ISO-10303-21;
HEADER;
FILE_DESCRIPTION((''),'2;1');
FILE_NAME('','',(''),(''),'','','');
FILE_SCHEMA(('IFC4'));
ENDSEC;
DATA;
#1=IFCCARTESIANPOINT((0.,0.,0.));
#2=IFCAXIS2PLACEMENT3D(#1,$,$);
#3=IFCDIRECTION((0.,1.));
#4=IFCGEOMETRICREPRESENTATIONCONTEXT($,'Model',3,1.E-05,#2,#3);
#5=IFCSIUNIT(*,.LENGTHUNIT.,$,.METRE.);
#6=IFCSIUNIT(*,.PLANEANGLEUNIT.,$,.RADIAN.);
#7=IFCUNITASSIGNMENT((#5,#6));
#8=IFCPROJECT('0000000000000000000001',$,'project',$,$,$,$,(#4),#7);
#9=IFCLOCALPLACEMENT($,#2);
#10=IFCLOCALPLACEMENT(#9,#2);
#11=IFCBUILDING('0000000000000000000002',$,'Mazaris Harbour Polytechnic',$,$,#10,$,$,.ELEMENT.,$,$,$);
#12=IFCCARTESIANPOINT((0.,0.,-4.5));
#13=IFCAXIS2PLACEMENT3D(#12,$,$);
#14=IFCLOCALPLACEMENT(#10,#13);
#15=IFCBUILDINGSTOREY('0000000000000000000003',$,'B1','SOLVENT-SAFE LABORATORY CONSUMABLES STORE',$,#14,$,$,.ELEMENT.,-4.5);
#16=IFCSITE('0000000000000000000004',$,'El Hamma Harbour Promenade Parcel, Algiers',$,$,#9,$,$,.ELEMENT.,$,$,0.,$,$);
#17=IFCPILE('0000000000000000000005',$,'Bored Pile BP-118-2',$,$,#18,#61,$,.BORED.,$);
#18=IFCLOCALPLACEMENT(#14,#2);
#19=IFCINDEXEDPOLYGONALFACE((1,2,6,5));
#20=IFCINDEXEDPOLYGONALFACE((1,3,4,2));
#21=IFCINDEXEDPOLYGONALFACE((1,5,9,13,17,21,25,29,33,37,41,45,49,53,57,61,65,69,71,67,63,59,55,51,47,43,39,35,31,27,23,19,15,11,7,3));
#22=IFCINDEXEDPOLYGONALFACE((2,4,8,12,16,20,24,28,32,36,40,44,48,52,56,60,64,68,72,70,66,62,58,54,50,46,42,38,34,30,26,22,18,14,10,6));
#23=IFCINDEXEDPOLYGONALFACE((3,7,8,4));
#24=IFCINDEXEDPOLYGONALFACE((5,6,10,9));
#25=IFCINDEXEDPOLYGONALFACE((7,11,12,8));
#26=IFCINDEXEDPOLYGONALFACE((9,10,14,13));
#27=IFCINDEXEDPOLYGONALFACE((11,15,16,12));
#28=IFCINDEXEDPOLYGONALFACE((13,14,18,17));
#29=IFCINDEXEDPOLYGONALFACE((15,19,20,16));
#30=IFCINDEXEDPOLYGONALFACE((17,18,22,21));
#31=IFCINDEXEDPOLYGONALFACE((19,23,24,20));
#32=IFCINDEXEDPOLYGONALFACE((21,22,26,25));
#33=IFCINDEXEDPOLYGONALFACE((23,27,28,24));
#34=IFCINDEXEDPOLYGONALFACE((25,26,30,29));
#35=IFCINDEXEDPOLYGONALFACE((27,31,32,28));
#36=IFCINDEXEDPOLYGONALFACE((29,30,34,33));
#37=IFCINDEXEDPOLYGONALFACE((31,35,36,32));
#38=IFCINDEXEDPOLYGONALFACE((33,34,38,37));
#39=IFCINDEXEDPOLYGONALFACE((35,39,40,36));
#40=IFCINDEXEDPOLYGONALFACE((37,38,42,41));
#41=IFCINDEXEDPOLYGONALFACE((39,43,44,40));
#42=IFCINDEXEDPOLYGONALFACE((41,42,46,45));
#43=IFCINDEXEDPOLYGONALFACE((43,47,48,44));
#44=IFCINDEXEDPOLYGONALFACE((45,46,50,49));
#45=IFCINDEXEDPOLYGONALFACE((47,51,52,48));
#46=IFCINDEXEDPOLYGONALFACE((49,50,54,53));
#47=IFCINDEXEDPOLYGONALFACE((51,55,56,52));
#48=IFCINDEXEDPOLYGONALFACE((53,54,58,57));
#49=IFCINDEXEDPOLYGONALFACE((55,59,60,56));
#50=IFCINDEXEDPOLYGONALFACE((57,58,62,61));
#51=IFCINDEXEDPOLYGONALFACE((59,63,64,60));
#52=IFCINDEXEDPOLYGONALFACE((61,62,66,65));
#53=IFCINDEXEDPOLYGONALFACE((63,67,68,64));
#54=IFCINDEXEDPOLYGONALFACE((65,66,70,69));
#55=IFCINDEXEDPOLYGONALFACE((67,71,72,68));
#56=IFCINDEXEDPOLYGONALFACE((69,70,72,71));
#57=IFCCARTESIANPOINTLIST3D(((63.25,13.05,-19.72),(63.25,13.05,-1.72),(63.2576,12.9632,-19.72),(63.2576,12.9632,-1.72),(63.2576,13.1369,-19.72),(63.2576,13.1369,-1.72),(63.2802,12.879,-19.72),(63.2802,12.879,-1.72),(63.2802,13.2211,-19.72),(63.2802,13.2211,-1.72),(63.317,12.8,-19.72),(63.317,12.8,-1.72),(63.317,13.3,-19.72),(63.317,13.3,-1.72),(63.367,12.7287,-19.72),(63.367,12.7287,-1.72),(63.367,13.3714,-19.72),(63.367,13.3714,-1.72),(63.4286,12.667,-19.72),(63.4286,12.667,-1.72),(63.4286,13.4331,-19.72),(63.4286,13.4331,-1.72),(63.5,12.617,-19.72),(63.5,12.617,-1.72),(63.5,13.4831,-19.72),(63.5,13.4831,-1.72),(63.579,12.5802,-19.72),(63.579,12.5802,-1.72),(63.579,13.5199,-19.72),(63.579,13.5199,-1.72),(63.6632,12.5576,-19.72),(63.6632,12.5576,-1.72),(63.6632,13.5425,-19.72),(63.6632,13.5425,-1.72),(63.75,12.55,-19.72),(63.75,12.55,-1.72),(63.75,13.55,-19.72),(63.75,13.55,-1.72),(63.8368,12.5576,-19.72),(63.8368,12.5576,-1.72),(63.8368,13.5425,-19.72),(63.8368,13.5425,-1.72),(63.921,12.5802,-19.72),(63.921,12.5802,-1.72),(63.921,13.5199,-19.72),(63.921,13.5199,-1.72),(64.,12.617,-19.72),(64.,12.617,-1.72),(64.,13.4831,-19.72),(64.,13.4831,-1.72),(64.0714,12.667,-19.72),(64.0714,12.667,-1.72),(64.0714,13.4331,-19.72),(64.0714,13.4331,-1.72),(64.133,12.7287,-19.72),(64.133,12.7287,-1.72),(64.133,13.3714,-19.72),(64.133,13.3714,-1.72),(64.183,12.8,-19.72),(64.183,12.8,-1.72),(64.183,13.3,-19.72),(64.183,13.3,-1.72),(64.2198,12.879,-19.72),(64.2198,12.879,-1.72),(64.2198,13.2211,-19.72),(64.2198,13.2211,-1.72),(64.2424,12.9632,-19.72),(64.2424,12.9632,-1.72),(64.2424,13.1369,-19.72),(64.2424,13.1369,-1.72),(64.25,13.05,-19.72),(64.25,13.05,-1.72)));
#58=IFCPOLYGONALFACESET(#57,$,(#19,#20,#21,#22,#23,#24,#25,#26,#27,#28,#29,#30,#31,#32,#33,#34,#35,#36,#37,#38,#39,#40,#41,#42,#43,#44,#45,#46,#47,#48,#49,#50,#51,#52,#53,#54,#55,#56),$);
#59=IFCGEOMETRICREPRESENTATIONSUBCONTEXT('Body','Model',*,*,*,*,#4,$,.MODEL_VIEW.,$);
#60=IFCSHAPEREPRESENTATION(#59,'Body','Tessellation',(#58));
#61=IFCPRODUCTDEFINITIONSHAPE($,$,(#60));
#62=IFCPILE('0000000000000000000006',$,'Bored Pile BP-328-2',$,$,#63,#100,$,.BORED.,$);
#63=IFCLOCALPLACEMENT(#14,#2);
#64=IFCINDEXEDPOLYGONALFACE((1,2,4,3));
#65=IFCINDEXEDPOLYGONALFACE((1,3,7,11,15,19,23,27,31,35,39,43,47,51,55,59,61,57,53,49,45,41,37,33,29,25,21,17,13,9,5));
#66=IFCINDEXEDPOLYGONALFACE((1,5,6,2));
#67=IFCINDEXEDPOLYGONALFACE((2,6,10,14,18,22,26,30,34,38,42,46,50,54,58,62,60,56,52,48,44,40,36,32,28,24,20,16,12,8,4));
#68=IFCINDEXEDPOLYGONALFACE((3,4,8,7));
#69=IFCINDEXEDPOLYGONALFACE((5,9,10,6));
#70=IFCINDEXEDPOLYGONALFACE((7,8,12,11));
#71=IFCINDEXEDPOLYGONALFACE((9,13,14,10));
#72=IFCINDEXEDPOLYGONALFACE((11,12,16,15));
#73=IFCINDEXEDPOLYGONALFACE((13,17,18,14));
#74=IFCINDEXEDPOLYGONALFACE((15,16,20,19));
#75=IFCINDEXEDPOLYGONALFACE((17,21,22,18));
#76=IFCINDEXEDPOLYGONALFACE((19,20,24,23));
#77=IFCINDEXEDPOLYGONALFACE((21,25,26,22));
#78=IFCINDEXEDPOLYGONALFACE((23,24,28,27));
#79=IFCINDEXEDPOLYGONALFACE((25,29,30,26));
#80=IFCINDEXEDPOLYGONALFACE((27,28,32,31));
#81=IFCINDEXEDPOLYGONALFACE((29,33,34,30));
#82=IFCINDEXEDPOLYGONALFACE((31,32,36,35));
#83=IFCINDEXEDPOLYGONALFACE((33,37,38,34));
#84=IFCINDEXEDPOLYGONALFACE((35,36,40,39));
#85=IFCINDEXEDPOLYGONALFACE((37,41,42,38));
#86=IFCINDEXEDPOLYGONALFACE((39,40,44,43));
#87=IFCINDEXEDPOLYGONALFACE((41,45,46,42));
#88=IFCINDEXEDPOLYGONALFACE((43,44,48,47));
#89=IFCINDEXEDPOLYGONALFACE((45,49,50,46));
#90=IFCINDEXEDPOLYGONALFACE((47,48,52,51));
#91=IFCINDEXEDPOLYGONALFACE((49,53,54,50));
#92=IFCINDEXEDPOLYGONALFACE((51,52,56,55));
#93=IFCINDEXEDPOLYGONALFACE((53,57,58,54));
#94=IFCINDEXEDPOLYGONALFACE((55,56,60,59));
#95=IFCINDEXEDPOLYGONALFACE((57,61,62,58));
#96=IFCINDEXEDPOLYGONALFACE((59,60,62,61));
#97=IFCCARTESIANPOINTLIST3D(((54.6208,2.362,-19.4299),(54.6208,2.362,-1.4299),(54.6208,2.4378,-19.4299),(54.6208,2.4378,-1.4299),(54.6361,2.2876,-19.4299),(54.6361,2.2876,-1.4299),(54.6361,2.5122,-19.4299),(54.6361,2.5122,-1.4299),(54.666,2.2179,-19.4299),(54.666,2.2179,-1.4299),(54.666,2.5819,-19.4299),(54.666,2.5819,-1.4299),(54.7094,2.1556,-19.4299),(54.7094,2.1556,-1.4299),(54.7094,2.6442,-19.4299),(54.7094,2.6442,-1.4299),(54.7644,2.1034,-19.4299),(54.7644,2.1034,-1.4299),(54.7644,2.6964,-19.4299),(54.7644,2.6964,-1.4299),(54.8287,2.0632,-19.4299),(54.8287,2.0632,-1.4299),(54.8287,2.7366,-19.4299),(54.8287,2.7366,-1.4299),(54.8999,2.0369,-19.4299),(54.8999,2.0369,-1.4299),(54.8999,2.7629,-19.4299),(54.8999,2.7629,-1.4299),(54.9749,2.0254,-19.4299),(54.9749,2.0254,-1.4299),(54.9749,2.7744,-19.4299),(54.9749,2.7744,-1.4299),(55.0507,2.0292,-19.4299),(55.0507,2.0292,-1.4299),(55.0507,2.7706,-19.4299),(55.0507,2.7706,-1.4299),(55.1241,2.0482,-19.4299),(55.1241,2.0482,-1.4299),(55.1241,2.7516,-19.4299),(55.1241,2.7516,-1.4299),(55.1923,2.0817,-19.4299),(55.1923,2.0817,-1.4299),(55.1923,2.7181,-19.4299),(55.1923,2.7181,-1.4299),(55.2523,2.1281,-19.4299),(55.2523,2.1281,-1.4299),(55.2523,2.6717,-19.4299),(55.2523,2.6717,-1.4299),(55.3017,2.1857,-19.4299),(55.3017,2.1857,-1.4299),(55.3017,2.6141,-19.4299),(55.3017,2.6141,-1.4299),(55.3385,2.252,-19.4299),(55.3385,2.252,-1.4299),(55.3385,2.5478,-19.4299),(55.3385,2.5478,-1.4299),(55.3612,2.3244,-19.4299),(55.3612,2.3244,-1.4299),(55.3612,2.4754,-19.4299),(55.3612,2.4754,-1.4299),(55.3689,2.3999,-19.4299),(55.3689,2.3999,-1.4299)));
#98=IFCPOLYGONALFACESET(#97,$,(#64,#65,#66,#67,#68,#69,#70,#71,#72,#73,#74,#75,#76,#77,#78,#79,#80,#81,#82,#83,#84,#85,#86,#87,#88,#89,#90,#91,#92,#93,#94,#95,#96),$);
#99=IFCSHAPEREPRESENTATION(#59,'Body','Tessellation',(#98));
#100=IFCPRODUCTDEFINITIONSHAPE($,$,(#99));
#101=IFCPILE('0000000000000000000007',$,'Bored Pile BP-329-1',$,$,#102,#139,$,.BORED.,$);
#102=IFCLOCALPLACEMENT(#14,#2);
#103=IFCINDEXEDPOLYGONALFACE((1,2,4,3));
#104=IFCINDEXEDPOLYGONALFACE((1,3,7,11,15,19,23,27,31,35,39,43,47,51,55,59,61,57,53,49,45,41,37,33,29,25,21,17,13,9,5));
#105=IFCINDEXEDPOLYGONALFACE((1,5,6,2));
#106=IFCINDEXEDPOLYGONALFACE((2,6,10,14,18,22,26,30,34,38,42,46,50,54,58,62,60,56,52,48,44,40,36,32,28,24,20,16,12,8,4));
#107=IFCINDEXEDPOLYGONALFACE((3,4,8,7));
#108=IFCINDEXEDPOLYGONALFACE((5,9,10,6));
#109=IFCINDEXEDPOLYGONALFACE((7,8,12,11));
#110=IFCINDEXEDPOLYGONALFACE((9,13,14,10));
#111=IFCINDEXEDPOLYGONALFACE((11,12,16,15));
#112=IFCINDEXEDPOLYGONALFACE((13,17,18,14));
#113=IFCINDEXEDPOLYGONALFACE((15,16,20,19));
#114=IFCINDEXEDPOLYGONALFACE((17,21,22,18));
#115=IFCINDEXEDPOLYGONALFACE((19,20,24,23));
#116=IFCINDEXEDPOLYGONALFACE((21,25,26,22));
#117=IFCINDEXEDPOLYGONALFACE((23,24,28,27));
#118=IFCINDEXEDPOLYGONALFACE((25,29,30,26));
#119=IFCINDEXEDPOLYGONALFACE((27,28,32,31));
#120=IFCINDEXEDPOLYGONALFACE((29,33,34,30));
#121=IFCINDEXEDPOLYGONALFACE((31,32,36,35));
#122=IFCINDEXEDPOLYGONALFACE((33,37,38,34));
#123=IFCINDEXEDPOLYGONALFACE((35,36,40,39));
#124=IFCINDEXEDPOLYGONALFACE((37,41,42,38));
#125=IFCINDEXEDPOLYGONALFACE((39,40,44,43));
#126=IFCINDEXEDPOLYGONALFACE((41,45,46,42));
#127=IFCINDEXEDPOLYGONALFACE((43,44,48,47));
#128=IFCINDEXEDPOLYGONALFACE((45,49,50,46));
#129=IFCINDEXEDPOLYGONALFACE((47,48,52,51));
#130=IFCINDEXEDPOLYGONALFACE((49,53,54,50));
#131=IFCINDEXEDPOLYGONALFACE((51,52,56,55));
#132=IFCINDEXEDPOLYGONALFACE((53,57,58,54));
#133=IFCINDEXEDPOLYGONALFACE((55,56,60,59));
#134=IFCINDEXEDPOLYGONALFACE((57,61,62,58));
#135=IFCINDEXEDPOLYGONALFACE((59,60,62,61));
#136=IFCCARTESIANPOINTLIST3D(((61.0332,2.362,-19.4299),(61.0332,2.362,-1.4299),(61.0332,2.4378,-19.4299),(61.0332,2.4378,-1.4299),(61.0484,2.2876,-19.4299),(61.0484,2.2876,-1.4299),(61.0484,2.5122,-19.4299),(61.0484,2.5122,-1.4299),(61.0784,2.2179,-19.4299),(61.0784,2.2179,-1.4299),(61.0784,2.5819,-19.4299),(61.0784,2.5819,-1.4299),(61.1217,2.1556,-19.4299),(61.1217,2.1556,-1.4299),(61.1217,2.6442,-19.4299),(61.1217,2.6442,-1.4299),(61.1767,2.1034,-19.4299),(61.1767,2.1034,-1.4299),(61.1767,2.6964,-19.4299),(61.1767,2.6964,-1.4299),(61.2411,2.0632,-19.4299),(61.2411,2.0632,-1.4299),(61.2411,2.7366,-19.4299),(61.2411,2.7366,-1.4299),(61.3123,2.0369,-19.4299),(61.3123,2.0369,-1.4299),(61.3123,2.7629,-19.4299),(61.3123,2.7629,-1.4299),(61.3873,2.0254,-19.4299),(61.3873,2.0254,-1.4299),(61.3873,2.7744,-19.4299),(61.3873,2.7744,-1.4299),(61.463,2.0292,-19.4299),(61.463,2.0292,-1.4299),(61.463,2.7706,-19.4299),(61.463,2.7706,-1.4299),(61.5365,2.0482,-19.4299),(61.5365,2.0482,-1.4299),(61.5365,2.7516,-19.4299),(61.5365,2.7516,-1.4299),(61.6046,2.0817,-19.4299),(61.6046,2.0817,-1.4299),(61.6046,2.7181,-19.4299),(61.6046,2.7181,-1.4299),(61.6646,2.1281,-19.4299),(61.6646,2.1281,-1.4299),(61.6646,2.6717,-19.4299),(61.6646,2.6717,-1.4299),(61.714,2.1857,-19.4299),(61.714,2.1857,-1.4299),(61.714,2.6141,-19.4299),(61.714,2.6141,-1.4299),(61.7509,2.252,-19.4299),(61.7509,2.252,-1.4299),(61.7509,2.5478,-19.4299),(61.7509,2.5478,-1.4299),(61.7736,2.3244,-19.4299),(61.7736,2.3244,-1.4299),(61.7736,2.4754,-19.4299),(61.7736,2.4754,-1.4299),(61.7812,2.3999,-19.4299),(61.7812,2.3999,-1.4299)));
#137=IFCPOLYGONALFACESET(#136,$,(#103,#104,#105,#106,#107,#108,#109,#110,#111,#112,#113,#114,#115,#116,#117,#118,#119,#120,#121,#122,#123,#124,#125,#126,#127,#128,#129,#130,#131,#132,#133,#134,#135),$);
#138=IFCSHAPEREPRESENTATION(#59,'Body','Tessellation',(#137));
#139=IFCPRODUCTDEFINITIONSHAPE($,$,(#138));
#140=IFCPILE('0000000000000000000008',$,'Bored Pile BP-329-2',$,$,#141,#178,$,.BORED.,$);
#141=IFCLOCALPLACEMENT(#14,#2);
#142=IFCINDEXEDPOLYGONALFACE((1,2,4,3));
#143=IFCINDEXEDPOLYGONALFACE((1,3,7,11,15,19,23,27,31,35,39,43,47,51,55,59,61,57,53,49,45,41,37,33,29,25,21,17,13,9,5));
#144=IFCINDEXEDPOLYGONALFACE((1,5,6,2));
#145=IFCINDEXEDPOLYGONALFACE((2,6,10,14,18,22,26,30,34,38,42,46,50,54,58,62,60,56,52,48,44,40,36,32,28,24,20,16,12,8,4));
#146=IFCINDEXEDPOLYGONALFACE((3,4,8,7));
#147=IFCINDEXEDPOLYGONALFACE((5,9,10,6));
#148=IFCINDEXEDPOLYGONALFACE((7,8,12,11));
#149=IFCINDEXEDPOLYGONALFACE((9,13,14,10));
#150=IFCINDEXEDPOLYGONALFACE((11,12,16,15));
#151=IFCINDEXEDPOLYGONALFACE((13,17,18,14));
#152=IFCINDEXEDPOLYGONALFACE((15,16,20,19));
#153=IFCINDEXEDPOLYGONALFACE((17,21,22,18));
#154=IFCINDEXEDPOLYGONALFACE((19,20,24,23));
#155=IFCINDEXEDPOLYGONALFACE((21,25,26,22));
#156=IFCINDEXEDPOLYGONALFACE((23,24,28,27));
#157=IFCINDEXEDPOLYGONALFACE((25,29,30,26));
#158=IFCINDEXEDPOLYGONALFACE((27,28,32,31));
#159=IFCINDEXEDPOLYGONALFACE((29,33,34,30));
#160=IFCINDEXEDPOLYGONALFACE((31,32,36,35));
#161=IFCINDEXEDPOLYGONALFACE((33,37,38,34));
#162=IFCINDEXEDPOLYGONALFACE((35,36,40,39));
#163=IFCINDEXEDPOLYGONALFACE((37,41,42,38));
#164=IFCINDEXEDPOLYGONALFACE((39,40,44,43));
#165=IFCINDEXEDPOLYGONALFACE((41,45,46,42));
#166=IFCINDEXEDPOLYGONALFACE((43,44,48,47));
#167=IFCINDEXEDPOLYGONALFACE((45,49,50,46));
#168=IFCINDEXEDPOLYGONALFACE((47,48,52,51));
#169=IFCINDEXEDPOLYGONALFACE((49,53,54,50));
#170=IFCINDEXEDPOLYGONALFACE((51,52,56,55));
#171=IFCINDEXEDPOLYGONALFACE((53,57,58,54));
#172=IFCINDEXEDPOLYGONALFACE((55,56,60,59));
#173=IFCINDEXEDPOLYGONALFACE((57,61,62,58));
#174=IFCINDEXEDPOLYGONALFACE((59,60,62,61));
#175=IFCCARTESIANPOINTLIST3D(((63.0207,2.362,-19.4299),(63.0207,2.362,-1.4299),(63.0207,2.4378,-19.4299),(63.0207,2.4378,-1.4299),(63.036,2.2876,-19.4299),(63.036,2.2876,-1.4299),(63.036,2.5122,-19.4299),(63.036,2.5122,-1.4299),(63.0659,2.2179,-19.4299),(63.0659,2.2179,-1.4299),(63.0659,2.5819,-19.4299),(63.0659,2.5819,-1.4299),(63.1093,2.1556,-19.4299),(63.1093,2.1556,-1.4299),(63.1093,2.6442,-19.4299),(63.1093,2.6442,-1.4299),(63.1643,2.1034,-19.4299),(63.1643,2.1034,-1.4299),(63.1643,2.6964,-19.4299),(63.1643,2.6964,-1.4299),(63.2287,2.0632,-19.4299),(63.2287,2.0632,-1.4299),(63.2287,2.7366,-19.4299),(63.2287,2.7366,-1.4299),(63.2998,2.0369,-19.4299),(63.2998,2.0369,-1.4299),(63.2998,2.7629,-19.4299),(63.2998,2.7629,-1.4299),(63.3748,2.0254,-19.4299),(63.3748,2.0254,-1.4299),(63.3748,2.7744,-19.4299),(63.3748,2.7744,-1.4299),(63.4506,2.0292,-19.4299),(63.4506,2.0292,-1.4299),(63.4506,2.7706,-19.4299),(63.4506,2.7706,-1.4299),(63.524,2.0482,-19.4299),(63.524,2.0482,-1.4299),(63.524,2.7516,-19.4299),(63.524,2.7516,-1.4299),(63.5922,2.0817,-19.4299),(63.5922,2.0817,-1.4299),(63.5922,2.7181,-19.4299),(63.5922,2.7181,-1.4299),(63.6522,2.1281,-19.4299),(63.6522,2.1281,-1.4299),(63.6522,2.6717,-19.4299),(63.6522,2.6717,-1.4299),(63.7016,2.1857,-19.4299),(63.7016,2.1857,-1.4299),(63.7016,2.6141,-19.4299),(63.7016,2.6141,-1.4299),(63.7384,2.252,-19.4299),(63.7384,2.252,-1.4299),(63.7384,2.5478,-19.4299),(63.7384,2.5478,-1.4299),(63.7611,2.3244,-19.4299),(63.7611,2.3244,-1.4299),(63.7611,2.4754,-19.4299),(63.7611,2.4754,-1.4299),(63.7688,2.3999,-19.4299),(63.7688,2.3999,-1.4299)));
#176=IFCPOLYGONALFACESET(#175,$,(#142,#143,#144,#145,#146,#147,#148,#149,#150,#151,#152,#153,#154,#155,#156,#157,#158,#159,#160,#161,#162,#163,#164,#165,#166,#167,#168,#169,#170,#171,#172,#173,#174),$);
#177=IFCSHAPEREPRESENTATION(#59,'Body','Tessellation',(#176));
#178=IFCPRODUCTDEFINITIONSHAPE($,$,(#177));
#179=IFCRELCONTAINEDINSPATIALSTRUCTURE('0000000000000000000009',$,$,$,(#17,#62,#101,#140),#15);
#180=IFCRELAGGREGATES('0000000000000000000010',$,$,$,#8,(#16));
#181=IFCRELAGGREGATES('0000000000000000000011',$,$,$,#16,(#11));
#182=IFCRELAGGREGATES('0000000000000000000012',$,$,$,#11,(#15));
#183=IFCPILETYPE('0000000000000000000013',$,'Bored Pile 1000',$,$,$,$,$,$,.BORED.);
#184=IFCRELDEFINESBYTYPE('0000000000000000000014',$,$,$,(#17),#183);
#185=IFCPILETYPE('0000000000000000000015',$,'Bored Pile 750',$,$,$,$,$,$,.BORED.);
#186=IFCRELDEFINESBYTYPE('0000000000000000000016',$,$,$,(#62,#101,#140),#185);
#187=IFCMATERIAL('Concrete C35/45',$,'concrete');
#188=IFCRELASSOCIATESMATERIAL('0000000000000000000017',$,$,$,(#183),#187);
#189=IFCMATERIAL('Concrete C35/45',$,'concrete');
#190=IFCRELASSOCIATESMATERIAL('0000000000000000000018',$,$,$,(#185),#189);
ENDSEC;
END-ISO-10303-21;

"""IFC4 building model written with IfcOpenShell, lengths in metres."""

from ifc_helpers import new_model, si_unit, direction, frame, origin, origin_2d, place, context, subcontext, project, spatial, circle, extrude, material, material_profile, profile_set, type_object, element, save


model = new_model("IFC4")

# Units and contexts
model_context = context("Model", 3, precision=1e-05, world=origin(), true_north=direction((0.0, 1.0)))
body_context = subcontext(model_context, "Body", "Model", "MODEL_VIEW")
ifc_project = project(units=[si_unit("LENGTHUNIT", "METRE"), si_unit("PLANEANGLEUNIT", "RADIAN")], contexts=[model_context])

# Site, building, storey
site_placement = place(None, origin())
site = spatial("IfcSite", under=ifc_project, at=site_placement, Name="El Hamma Harbour Promenade Parcel, Algiers", CompositionType="ELEMENT", RefElevation=0.0)
building_placement = place(site_placement, origin())
building = spatial("IfcBuilding", under=site, at=building_placement, Name="Mazaris Harbour Polytechnic", CompositionType="ELEMENT")
storey_placement = place(building_placement, frame((0.0, 0.0, -4.5)))
storey = spatial("IfcBuildingStorey", under=building, at=storey_placement, Name="B1", Description="SOLVENT-SAFE LABORATORY CONSUMABLES STORE", CompositionType="ELEMENT", Elevation=-4.5)

# Piles
ifc_material_1 = material(Name="Concrete C35/45", Category="concrete")
ifc_material_profile_1 = material_profile(ifc_material_1, circle(Radius=0.5, at=origin_2d()), Name="DIA1000")
ifc_profile_set_1 = profile_set([ifc_material_profile_1], Name="Concrete C35/45")
pile_type_1 = type_object("IfcPileType", Name="Bored Pile 1000", PredefinedType="BORED", material=ifc_profile_set_1)
for number, where, z_axis, x_axis, name in (
    (1, (63.75, 13.05, -1.72), (0.0, 0.0, -1.0), (1.0, 0.0, 0.0), "Bored Pile BP-118-2"),
):
    element("IfcPile", number, at=place(storey_placement, frame(where, z_axis=z_axis, x_axis=x_axis)), inside=storey, type_object=pile_type_1, Name=name, PredefinedType="BORED", context=body_context, shape_type="SweptSolid", body=[
        extrude(circle(Radius=0.5, at=origin_2d()), origin(), (0.0, 0.0, 1.0), 18.0),
    ])
ifc_material_2 = material(Name="Concrete C35/45", Category="concrete")
ifc_material_profile_2 = material_profile(ifc_material_2, circle(Radius=0.375, at=origin_2d()), Name="DIA750")
ifc_profile_set_2 = profile_set([ifc_material_profile_2], Name="Concrete C35/45")
pile_type_2 = type_object("IfcPileType", Name="Bored Pile 750", PredefinedType="BORED", material=ifc_profile_set_2)
for number, where, z_axis, x_axis, name in (
    (2, (54.9939, 2.3999, -1.4299), (0.0, 0.0, -1.0), (1.0, 0.0, 0.0), "Bored Pile BP-328-2"),
    (3, (61.4062, 2.3999, -1.4299), (0.0, 0.0, -1.0), (1.0, 0.0, 0.0), "Bored Pile BP-329-1"),
    (4, (63.3938, 2.3999, -1.4299), (0.0, 0.0, -1.0), (1.0, 0.0, 0.0), "Bored Pile BP-329-2"),
):
    element("IfcPile", number, at=place(storey_placement, frame(where, z_axis=z_axis, x_axis=x_axis)), inside=storey, type_object=pile_type_2, Name=name, PredefinedType="BORED", context=body_context, shape_type="SweptSolid", body=[
        extrude(circle(Radius=0.375, at=origin_2d()), origin(), (0.0, 0.0, 1.0), 18.0),
    ])

save(model, "model.ifc")
